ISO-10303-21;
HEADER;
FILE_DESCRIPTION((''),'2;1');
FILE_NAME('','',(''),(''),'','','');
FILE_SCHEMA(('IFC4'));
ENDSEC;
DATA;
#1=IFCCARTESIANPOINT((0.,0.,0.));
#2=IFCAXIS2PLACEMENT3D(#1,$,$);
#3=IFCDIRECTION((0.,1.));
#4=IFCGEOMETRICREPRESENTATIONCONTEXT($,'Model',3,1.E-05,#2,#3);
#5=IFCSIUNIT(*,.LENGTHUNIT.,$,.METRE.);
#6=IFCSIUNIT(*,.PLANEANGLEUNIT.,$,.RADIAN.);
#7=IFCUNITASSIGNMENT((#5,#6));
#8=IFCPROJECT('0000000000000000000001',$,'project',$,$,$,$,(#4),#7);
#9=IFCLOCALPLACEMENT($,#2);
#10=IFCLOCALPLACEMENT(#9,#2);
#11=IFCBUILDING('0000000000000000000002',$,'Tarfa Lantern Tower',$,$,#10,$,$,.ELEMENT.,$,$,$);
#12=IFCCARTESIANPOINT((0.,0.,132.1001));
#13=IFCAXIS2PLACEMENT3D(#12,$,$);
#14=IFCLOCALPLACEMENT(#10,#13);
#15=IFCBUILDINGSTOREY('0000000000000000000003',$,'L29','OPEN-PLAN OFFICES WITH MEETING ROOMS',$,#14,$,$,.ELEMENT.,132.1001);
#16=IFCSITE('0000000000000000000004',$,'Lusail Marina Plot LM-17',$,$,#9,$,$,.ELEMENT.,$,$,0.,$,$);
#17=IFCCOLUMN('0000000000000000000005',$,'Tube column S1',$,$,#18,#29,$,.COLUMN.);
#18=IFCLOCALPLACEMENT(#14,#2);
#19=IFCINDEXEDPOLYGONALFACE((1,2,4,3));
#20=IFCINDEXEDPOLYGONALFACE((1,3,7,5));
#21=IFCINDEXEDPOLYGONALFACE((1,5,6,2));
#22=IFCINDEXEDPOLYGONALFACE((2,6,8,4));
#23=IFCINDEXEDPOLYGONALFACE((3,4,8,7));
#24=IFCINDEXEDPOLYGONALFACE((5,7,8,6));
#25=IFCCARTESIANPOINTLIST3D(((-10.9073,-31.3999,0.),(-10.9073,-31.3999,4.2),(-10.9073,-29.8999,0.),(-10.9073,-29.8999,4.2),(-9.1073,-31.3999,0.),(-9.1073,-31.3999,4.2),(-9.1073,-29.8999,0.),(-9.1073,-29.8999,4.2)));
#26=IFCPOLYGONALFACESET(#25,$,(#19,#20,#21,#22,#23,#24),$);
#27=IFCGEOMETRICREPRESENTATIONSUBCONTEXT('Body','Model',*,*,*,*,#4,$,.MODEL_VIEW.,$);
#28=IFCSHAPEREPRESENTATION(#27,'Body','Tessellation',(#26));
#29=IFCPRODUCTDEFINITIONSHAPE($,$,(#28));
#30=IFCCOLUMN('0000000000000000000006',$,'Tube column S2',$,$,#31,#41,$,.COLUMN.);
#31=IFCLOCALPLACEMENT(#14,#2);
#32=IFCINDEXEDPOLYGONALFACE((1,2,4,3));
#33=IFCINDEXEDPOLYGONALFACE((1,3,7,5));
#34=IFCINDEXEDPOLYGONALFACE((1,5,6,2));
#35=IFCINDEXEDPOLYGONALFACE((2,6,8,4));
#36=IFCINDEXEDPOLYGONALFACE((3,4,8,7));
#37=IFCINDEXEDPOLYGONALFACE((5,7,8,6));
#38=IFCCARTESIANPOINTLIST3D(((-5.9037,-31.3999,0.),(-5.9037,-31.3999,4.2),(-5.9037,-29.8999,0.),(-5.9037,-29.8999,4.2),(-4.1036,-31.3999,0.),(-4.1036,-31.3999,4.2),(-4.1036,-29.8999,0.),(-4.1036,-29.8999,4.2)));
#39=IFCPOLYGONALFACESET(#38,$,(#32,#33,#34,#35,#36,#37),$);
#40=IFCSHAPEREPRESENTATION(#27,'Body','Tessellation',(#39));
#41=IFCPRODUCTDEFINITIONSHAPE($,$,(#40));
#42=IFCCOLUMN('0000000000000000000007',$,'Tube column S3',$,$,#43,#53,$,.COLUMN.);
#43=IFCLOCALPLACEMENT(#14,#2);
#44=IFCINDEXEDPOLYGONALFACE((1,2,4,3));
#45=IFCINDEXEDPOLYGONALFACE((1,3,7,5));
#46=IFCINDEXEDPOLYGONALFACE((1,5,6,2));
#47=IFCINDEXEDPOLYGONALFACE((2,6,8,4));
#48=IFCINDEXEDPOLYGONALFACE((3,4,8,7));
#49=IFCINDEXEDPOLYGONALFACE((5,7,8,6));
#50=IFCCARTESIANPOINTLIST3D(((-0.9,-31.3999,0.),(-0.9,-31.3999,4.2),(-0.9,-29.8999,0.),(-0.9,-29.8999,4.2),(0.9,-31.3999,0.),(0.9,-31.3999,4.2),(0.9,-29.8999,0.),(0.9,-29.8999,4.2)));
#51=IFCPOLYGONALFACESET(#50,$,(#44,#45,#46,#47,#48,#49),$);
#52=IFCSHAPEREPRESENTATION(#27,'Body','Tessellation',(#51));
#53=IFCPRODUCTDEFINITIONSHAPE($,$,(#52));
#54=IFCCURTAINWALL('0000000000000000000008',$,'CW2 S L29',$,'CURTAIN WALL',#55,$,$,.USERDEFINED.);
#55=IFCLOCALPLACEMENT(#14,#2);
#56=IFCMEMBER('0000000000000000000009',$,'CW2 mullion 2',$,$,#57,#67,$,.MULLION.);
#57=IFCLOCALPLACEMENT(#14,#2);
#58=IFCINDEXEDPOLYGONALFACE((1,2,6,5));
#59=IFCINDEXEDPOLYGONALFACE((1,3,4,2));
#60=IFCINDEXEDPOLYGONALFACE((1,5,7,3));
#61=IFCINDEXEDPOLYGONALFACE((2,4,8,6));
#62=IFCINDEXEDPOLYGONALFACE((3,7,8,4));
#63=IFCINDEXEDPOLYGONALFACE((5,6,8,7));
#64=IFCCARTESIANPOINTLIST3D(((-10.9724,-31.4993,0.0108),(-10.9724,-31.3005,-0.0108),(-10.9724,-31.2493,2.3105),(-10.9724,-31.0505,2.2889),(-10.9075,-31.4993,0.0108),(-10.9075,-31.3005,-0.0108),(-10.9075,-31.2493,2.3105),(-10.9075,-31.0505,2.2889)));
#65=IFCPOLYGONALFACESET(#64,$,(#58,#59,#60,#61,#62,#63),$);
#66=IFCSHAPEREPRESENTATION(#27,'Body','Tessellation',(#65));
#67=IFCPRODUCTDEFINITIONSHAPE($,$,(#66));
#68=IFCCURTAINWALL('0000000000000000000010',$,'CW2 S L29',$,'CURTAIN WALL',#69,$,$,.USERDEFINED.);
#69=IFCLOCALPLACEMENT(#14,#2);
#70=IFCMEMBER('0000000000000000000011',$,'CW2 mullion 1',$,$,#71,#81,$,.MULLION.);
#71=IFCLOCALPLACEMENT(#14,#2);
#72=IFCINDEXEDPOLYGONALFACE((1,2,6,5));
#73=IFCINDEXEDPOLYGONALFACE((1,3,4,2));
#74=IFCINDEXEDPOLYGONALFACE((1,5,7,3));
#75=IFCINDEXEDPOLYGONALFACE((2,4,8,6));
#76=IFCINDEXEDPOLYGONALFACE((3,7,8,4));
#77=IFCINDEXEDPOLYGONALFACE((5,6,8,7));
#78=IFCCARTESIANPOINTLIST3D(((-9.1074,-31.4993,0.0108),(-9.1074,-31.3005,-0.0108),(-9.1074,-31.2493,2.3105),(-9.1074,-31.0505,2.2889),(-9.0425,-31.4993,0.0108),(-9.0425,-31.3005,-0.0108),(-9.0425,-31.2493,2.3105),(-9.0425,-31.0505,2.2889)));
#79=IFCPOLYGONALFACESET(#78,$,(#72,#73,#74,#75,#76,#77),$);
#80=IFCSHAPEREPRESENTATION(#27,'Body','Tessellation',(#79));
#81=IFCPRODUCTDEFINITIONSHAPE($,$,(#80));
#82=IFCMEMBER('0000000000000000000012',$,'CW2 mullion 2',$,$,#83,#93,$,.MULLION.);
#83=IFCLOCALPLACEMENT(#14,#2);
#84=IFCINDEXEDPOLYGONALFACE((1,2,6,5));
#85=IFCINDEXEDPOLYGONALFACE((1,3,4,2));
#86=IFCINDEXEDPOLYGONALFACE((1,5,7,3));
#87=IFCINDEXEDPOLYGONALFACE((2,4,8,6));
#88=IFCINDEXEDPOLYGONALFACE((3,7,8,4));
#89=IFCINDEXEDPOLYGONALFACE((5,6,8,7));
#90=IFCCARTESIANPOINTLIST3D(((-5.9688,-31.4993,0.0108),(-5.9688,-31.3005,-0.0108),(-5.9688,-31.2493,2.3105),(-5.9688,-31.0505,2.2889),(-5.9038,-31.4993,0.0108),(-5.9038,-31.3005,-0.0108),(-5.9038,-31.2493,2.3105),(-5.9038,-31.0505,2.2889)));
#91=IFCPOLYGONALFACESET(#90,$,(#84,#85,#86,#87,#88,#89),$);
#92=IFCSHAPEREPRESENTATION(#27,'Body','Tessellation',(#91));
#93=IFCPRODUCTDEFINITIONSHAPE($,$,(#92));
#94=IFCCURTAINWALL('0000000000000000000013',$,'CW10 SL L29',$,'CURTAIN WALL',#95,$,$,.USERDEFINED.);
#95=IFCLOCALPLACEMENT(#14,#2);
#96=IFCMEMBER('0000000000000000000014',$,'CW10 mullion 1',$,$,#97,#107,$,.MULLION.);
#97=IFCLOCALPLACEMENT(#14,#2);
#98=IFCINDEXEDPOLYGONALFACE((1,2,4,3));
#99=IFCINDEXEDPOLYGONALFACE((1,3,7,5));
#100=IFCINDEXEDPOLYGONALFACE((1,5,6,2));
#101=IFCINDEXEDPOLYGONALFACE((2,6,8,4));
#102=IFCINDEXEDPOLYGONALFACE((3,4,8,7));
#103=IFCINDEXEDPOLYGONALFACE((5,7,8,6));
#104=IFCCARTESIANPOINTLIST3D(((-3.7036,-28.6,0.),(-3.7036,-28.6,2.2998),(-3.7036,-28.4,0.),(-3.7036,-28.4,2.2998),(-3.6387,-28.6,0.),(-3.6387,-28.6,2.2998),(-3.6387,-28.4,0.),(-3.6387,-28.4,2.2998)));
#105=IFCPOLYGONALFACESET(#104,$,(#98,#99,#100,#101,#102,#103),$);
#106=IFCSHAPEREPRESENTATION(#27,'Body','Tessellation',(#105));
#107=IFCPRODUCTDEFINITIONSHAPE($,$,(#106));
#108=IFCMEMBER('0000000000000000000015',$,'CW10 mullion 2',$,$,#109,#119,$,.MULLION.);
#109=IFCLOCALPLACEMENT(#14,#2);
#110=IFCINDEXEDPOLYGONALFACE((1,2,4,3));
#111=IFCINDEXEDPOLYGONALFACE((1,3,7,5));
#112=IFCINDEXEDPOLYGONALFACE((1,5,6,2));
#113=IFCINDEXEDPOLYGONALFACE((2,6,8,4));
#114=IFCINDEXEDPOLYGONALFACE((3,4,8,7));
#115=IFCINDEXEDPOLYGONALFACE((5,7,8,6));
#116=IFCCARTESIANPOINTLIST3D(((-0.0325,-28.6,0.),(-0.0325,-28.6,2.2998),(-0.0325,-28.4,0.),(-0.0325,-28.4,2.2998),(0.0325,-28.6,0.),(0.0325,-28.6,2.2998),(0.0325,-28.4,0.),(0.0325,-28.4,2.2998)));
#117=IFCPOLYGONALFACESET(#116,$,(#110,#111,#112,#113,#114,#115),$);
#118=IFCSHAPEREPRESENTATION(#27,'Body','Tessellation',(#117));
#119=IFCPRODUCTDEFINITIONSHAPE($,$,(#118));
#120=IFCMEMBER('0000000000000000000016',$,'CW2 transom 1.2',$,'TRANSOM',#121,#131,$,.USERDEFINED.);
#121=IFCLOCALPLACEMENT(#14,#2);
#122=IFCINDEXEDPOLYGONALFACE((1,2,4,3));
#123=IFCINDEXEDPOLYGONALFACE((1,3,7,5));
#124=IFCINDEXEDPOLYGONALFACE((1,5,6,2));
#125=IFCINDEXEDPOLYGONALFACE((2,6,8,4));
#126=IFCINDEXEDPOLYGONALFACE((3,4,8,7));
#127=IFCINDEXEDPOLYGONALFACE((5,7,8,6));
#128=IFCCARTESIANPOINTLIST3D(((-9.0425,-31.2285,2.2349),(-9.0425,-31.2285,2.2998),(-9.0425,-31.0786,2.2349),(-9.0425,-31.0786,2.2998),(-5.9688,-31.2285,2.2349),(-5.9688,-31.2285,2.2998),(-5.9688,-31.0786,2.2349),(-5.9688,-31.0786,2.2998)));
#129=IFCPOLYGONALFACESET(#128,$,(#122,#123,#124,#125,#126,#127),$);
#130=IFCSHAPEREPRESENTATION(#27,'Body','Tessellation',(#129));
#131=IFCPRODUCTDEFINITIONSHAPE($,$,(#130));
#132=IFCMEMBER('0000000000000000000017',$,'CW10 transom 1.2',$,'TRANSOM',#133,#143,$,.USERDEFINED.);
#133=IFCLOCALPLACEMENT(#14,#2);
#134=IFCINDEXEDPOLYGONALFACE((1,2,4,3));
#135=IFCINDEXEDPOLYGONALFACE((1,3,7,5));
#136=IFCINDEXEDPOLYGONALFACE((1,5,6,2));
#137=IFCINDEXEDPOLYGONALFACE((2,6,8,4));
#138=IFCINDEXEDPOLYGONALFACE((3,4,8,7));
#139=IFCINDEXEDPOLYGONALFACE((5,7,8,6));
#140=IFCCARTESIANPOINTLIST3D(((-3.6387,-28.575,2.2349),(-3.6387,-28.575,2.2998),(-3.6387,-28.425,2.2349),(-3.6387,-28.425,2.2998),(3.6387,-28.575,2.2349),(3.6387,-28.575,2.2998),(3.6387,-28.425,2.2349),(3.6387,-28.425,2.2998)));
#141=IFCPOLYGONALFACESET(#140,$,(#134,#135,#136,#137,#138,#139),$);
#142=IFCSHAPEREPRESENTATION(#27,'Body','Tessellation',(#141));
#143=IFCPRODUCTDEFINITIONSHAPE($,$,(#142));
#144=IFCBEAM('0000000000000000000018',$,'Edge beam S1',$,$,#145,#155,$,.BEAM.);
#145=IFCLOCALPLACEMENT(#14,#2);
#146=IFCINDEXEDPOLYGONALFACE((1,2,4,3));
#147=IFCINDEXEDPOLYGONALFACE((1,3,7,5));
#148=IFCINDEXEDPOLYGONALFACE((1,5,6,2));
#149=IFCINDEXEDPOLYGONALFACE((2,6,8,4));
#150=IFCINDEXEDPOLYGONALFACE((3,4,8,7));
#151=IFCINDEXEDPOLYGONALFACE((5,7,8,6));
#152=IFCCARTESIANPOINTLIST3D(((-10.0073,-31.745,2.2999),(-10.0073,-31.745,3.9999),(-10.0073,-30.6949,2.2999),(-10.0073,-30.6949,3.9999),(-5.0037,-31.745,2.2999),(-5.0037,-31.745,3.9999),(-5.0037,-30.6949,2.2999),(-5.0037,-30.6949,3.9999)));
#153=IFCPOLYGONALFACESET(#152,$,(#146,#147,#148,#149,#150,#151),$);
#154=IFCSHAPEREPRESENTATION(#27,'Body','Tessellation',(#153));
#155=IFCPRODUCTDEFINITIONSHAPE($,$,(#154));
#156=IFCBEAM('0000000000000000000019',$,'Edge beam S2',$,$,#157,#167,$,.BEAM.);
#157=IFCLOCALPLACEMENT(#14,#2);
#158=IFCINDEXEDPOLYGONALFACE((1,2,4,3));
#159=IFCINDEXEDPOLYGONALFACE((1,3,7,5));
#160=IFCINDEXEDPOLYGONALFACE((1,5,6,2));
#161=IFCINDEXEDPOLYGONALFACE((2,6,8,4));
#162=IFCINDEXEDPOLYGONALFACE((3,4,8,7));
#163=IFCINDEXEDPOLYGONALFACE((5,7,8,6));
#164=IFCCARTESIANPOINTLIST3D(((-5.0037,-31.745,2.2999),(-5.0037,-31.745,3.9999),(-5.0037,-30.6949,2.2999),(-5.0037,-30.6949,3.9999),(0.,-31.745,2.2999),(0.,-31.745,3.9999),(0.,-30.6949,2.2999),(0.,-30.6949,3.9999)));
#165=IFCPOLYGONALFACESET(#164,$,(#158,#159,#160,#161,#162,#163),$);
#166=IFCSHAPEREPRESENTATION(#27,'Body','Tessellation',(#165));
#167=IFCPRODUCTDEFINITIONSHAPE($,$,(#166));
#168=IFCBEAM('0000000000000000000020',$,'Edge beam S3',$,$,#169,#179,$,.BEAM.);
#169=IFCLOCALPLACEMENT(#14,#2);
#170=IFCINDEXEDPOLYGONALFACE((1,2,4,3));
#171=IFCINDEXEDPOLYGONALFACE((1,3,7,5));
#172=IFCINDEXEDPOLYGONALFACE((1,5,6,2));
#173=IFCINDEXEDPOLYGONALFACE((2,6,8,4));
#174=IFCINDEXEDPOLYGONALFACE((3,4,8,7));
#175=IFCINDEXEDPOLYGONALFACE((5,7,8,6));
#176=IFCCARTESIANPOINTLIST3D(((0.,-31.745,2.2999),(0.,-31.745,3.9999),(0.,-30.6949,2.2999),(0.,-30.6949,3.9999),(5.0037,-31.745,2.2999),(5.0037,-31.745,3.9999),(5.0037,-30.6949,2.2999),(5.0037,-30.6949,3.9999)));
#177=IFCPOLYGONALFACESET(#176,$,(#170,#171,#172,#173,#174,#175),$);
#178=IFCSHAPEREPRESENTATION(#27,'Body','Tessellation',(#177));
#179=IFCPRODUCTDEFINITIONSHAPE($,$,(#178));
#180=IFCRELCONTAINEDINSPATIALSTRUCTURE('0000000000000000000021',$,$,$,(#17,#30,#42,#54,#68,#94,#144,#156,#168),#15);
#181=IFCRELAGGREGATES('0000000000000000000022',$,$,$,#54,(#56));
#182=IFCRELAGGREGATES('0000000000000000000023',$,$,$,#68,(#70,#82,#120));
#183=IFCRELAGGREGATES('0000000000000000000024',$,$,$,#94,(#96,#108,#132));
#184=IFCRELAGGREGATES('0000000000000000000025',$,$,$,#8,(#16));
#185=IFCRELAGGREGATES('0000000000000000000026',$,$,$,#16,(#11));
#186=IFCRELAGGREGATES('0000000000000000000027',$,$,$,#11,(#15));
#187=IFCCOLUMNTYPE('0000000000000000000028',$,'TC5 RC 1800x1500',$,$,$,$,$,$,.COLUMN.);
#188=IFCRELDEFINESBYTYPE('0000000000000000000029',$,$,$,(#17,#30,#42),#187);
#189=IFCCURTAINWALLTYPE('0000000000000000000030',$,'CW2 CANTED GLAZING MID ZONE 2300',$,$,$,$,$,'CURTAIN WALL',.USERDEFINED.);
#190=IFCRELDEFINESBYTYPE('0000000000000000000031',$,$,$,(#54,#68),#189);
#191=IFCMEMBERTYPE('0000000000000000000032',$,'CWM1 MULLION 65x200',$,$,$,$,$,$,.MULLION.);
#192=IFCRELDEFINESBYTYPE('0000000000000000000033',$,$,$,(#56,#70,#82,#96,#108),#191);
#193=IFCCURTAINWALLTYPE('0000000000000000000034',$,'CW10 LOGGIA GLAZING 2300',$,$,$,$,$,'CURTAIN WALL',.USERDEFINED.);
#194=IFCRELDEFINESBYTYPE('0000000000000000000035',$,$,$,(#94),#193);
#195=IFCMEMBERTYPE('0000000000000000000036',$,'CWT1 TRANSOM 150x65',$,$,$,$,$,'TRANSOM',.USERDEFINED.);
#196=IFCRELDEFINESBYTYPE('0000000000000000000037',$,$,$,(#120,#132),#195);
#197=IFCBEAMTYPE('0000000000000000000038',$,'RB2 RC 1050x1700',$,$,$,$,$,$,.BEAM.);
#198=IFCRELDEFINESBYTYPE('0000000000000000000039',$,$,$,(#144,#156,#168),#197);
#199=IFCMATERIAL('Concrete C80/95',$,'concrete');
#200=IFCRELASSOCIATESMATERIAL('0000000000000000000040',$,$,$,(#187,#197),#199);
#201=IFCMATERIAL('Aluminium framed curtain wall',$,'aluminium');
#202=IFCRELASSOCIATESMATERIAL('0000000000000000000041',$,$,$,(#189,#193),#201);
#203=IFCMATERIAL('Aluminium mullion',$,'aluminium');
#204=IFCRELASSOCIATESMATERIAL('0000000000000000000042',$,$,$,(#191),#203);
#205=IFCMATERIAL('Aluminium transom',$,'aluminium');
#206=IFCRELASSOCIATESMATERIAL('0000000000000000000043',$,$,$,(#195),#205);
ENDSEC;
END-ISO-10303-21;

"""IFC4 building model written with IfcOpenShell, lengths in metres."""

from ifc_helpers import new_model, si_unit, direction, frame, origin, origin_2d, place, context, subcontext, project, spatial, rectangle, extrude, material, material_profile, profile_set, type_object, element, aggregate, save


model = new_model("IFC4")

# Units and contexts
model_context = context("Model", 3, precision=1e-05, world=origin(), true_north=direction((0.0, 1.0)))
body_context = subcontext(model_context, "Body", "Model", "MODEL_VIEW")
ifc_project = project(units=[si_unit("LENGTHUNIT", "METRE"), si_unit("PLANEANGLEUNIT", "RADIAN")], contexts=[model_context])

# Site, building, storey
site_placement = place(None, origin())
site = spatial("IfcSite", under=ifc_project, at=site_placement, Name="Lusail Marina Plot LM-17", CompositionType="ELEMENT", RefElevation=0.0)
building_placement = place(site_placement, origin())
building = spatial("IfcBuilding", under=site, at=building_placement, Name="Tarfa Lantern Tower", CompositionType="ELEMENT")
storey_placement = place(building_placement, frame((0.0, 0.0, 132.1001)))
storey = spatial("IfcBuildingStorey", under=building, at=storey_placement, Name="L29", Description="OPEN-PLAN OFFICES WITH MEETING ROOMS", CompositionType="ELEMENT", Elevation=132.1001)

# Columns
ifc_material_1 = material(Name="Concrete C80/95", Category="concrete")
ifc_material_profile_1 = material_profile(ifc_material_1, rectangle(XDim=1.8, YDim=1.5, at=origin_2d()), Name="RC 1800x1500")
ifc_profile_set_1 = profile_set([ifc_material_profile_1], Name="Concrete C80/95")
column_type = type_object("IfcColumnType", Name="TC5 RC 1800x1500", PredefinedType="COLUMN", material=ifc_profile_set_1)
for number, where, z_axis, x_axis, name in (
    (1, (-10.0073, -30.6499, 0.0), (0.0, 0.0, 1.0), (1.0, 0.0, 0.0), "Tube column S1"),
    (2, (-5.0037, -30.6499, 0.0), (0.0, 0.0, 1.0), (1.0, 0.0, 0.0), "Tube column S2"),
    (3, (0.0, -30.6499, 0.0), (0.0, 0.0, 1.0), (1.0, 0.0, 0.0), "Tube column S3"),
):
    element("IfcColumn", number, at=place(storey_placement, frame(where, z_axis=z_axis, x_axis=x_axis)), inside=storey, type_object=column_type, Name=name, PredefinedType="COLUMN", context=body_context, shape_type="SweptSolid", body=[
        extrude(rectangle(XDim=1.8, YDim=1.5, at=origin_2d()), origin(), (0.0, 0.0, 1.0), 4.2),
    ])

# Curtain wall, member
ifc_material_2 = material(Name="Aluminium framed curtain wall", Category="aluminium")
curtain_wall_type_1 = type_object("IfcCurtainWallType", Name="CW2 CANTED GLAZING MID ZONE 2300", ElementType="CURTAIN WALL", PredefinedType="USERDEFINED", material=ifc_material_2)
curtain_wall_1_placement = place(storey_placement, origin())
curtain_wall_1 = element("IfcCurtainWall", 4, at=curtain_wall_1_placement, inside=storey, type_object=curtain_wall_type_1, Name="CW2 S L29", ObjectType="CURTAIN WALL", PredefinedType="USERDEFINED")
ifc_material_3 = material(Name="Aluminium mullion", Category="aluminium")
ifc_material_profile_2 = material_profile(ifc_material_3, rectangle(XDim=0.0649, YDim=0.2, at=origin_2d()), Name="AL MULLION 65x200")
ifc_profile_set_2 = profile_set([ifc_material_profile_2], Name="Aluminium mullion")
member_type_1 = type_object("IfcMemberType", Name="CWM1 MULLION 65x200", PredefinedType="MULLION", material=ifc_profile_set_2)
member_1_placement = place(storey_placement, frame((-10.9399, -31.3999, 0.0), z_axis=(0.0, 0.108068, 0.994143), x_axis=(-1.0, 0.0, 0.0)))
member_1 = element("IfcMember", 5, at=member_1_placement, type_object=member_type_1, Name="CW2 mullion 2", PredefinedType="MULLION", context=body_context, shape_type="SweptSolid", body=[
    extrude(rectangle(XDim=0.0649, YDim=0.2, at=origin_2d()), origin(), (0.0, 0.0, 1.0), 2.3132),
])
aggregate(curtain_wall_1, [member_1])

# Curtain walls, members
curtain_wall_2_placement = place(storey_placement, origin())
curtain_wall_2 = element("IfcCurtainWall", 6, at=curtain_wall_2_placement, inside=storey, type_object=curtain_wall_type_1, Name="CW2 S L29", ObjectType="CURTAIN WALL", PredefinedType="USERDEFINED")
member_2_placement = place(storey_placement, frame((-9.075, -31.3999, 0.0), z_axis=(0.0, 0.108068, 0.994143), x_axis=(-1.0, 0.0, 0.0)))
member_2 = element("IfcMember", 7, at=member_2_placement, type_object=member_type_1, Name="CW2 mullion 1", PredefinedType="MULLION", context=body_context, shape_type="SweptSolid", body=[
    extrude(rectangle(XDim=0.0649, YDim=0.2, at=origin_2d()), origin(), (0.0, 0.0, 1.0), 2.3132),
])
member_3_placement = place(storey_placement, frame((-5.9363, -31.3999, 0.0), z_axis=(0.0, 0.108068, 0.994143), x_axis=(-1.0, 0.0, 0.0)))
member_3 = element("IfcMember", 8, at=member_3_placement, type_object=member_type_1, Name="CW2 mullion 2", PredefinedType="MULLION", context=body_context, shape_type="SweptSolid", body=[
    extrude(rectangle(XDim=0.0649, YDim=0.2, at=origin_2d()), origin(), (0.0, 0.0, 1.0), 2.3132),
])
curtain_wall_type_2 = type_object("IfcCurtainWallType", Name="CW10 LOGGIA GLAZING 2300", ElementType="CURTAIN WALL", PredefinedType="USERDEFINED", material=ifc_material_2)
curtain_wall_3_placement = place(storey_placement, origin())
curtain_wall_3 = element("IfcCurtainWall", 9, at=curtain_wall_3_placement, inside=storey, type_object=curtain_wall_type_2, Name="CW10 SL L29", ObjectType="CURTAIN WALL", PredefinedType="USERDEFINED")
member_4_placement = place(storey_placement, frame((-3.6711, -28.5, 0.0), z_axis=(0.0, 0.0, 1.0), x_axis=(1.0, 0.0, 0.0)))
member_4 = element("IfcMember", 10, at=member_4_placement, type_object=member_type_1, Name="CW10 mullion 1", PredefinedType="MULLION", context=body_context, shape_type="SweptSolid", body=[
    extrude(rectangle(XDim=0.0649, YDim=0.2, at=origin_2d()), origin(), (0.0, 0.0, 1.0), 2.2998),
])
member_5_placement = place(storey_placement, frame((0.0, -28.5, 0.0), z_axis=(0.0, 0.0, 1.0), x_axis=(1.0, 0.0, 0.0)))
member_5 = element("IfcMember", 11, at=member_5_placement, type_object=member_type_1, Name="CW10 mullion 2", PredefinedType="MULLION", context=body_context, shape_type="SweptSolid", body=[
    extrude(rectangle(XDim=0.0649, YDim=0.2, at=origin_2d()), origin(), (0.0, 0.0, 1.0), 2.2998),
])

# Members
ifc_material_4 = material(Name="Aluminium transom", Category="aluminium")
ifc_material_profile_3 = material_profile(ifc_material_4, rectangle(XDim=0.1499, YDim=0.0649, at=origin_2d()), Name="AL TRANSOM 150x65")
ifc_profile_set_3 = profile_set([ifc_material_profile_3], Name="Aluminium transom")
member_type_2 = type_object("IfcMemberType", Name="CWT1 TRANSOM 150x65", ElementType="TRANSOM", PredefinedType="USERDEFINED", material=ifc_profile_set_3)
member_6_placement = place(storey_placement, frame((-9.0425, -31.1536, 2.2673), z_axis=(1.0, 0.0, 0.0), x_axis=(0.0, 1.0, 0.0)))
member_6 = element("IfcMember", 12, at=member_6_placement, type_object=member_type_2, Name="CW2 transom 1.2", ObjectType="TRANSOM", PredefinedType="USERDEFINED", context=body_context, shape_type="SweptSolid", body=[
    extrude(rectangle(XDim=0.1499, YDim=0.0649, at=origin_2d()), origin(), (0.0, 0.0, 1.0), 3.0737),
])
member_7_placement = place(storey_placement, frame((-3.6387, -28.5, 2.2673), z_axis=(1.0, 0.0, 0.0), x_axis=(0.0, 1.0, 0.0)))
member_7 = element("IfcMember", 13, at=member_7_placement, type_object=member_type_2, Name="CW10 transom 1.2", ObjectType="TRANSOM", PredefinedType="USERDEFINED", context=body_context, shape_type="SweptSolid", body=[
    extrude(rectangle(XDim=0.1499, YDim=0.0649, at=origin_2d()), origin(), (0.0, 0.0, 1.0), 7.2773),
])

# Beams
ifc_material_profile_4 = material_profile(ifc_material_1, rectangle(XDim=1.05, YDim=1.7, at=origin_2d()), Name="RC 1050x1700")
ifc_profile_set_4 = profile_set([ifc_material_profile_4], Name="Concrete C80/95")
beam_type_1 = type_object("IfcBeamType", Name="RB2 RC 1050x1700", PredefinedType="BEAM", material=ifc_profile_set_4)
for number, where, z_axis, x_axis, name in (
    (14, (-10.0073, -31.22, 3.1499), (1.0, 0.0, 0.0), (0.0, 1.0, 0.0), "Edge beam S1"),
    (15, (-5.0037, -31.22, 3.1499), (1.0, 0.0, 0.0), (0.0, 1.0, 0.0), "Edge beam S2"),
    (16, (0.0, -31.22, 3.1499), (1.0, 0.0, 0.0), (0.0, 1.0, 0.0), "Edge beam S3"),
):
    element("IfcBeam", number, at=place(storey_placement, frame(where, z_axis=z_axis, x_axis=x_axis)), inside=storey, type_object=beam_type_1, Name=name, PredefinedType="BEAM", context=body_context, shape_type="SweptSolid", body=[
        extrude(rectangle(XDim=1.05, YDim=1.7, at=origin_2d()), origin(), (0.0, 0.0, 1.0), 5.0037),
    ])

aggregate(curtain_wall_2, [member_2, member_3, member_6])
aggregate(curtain_wall_3, [member_4, member_5, member_7])

save(model, "model.ifc")
